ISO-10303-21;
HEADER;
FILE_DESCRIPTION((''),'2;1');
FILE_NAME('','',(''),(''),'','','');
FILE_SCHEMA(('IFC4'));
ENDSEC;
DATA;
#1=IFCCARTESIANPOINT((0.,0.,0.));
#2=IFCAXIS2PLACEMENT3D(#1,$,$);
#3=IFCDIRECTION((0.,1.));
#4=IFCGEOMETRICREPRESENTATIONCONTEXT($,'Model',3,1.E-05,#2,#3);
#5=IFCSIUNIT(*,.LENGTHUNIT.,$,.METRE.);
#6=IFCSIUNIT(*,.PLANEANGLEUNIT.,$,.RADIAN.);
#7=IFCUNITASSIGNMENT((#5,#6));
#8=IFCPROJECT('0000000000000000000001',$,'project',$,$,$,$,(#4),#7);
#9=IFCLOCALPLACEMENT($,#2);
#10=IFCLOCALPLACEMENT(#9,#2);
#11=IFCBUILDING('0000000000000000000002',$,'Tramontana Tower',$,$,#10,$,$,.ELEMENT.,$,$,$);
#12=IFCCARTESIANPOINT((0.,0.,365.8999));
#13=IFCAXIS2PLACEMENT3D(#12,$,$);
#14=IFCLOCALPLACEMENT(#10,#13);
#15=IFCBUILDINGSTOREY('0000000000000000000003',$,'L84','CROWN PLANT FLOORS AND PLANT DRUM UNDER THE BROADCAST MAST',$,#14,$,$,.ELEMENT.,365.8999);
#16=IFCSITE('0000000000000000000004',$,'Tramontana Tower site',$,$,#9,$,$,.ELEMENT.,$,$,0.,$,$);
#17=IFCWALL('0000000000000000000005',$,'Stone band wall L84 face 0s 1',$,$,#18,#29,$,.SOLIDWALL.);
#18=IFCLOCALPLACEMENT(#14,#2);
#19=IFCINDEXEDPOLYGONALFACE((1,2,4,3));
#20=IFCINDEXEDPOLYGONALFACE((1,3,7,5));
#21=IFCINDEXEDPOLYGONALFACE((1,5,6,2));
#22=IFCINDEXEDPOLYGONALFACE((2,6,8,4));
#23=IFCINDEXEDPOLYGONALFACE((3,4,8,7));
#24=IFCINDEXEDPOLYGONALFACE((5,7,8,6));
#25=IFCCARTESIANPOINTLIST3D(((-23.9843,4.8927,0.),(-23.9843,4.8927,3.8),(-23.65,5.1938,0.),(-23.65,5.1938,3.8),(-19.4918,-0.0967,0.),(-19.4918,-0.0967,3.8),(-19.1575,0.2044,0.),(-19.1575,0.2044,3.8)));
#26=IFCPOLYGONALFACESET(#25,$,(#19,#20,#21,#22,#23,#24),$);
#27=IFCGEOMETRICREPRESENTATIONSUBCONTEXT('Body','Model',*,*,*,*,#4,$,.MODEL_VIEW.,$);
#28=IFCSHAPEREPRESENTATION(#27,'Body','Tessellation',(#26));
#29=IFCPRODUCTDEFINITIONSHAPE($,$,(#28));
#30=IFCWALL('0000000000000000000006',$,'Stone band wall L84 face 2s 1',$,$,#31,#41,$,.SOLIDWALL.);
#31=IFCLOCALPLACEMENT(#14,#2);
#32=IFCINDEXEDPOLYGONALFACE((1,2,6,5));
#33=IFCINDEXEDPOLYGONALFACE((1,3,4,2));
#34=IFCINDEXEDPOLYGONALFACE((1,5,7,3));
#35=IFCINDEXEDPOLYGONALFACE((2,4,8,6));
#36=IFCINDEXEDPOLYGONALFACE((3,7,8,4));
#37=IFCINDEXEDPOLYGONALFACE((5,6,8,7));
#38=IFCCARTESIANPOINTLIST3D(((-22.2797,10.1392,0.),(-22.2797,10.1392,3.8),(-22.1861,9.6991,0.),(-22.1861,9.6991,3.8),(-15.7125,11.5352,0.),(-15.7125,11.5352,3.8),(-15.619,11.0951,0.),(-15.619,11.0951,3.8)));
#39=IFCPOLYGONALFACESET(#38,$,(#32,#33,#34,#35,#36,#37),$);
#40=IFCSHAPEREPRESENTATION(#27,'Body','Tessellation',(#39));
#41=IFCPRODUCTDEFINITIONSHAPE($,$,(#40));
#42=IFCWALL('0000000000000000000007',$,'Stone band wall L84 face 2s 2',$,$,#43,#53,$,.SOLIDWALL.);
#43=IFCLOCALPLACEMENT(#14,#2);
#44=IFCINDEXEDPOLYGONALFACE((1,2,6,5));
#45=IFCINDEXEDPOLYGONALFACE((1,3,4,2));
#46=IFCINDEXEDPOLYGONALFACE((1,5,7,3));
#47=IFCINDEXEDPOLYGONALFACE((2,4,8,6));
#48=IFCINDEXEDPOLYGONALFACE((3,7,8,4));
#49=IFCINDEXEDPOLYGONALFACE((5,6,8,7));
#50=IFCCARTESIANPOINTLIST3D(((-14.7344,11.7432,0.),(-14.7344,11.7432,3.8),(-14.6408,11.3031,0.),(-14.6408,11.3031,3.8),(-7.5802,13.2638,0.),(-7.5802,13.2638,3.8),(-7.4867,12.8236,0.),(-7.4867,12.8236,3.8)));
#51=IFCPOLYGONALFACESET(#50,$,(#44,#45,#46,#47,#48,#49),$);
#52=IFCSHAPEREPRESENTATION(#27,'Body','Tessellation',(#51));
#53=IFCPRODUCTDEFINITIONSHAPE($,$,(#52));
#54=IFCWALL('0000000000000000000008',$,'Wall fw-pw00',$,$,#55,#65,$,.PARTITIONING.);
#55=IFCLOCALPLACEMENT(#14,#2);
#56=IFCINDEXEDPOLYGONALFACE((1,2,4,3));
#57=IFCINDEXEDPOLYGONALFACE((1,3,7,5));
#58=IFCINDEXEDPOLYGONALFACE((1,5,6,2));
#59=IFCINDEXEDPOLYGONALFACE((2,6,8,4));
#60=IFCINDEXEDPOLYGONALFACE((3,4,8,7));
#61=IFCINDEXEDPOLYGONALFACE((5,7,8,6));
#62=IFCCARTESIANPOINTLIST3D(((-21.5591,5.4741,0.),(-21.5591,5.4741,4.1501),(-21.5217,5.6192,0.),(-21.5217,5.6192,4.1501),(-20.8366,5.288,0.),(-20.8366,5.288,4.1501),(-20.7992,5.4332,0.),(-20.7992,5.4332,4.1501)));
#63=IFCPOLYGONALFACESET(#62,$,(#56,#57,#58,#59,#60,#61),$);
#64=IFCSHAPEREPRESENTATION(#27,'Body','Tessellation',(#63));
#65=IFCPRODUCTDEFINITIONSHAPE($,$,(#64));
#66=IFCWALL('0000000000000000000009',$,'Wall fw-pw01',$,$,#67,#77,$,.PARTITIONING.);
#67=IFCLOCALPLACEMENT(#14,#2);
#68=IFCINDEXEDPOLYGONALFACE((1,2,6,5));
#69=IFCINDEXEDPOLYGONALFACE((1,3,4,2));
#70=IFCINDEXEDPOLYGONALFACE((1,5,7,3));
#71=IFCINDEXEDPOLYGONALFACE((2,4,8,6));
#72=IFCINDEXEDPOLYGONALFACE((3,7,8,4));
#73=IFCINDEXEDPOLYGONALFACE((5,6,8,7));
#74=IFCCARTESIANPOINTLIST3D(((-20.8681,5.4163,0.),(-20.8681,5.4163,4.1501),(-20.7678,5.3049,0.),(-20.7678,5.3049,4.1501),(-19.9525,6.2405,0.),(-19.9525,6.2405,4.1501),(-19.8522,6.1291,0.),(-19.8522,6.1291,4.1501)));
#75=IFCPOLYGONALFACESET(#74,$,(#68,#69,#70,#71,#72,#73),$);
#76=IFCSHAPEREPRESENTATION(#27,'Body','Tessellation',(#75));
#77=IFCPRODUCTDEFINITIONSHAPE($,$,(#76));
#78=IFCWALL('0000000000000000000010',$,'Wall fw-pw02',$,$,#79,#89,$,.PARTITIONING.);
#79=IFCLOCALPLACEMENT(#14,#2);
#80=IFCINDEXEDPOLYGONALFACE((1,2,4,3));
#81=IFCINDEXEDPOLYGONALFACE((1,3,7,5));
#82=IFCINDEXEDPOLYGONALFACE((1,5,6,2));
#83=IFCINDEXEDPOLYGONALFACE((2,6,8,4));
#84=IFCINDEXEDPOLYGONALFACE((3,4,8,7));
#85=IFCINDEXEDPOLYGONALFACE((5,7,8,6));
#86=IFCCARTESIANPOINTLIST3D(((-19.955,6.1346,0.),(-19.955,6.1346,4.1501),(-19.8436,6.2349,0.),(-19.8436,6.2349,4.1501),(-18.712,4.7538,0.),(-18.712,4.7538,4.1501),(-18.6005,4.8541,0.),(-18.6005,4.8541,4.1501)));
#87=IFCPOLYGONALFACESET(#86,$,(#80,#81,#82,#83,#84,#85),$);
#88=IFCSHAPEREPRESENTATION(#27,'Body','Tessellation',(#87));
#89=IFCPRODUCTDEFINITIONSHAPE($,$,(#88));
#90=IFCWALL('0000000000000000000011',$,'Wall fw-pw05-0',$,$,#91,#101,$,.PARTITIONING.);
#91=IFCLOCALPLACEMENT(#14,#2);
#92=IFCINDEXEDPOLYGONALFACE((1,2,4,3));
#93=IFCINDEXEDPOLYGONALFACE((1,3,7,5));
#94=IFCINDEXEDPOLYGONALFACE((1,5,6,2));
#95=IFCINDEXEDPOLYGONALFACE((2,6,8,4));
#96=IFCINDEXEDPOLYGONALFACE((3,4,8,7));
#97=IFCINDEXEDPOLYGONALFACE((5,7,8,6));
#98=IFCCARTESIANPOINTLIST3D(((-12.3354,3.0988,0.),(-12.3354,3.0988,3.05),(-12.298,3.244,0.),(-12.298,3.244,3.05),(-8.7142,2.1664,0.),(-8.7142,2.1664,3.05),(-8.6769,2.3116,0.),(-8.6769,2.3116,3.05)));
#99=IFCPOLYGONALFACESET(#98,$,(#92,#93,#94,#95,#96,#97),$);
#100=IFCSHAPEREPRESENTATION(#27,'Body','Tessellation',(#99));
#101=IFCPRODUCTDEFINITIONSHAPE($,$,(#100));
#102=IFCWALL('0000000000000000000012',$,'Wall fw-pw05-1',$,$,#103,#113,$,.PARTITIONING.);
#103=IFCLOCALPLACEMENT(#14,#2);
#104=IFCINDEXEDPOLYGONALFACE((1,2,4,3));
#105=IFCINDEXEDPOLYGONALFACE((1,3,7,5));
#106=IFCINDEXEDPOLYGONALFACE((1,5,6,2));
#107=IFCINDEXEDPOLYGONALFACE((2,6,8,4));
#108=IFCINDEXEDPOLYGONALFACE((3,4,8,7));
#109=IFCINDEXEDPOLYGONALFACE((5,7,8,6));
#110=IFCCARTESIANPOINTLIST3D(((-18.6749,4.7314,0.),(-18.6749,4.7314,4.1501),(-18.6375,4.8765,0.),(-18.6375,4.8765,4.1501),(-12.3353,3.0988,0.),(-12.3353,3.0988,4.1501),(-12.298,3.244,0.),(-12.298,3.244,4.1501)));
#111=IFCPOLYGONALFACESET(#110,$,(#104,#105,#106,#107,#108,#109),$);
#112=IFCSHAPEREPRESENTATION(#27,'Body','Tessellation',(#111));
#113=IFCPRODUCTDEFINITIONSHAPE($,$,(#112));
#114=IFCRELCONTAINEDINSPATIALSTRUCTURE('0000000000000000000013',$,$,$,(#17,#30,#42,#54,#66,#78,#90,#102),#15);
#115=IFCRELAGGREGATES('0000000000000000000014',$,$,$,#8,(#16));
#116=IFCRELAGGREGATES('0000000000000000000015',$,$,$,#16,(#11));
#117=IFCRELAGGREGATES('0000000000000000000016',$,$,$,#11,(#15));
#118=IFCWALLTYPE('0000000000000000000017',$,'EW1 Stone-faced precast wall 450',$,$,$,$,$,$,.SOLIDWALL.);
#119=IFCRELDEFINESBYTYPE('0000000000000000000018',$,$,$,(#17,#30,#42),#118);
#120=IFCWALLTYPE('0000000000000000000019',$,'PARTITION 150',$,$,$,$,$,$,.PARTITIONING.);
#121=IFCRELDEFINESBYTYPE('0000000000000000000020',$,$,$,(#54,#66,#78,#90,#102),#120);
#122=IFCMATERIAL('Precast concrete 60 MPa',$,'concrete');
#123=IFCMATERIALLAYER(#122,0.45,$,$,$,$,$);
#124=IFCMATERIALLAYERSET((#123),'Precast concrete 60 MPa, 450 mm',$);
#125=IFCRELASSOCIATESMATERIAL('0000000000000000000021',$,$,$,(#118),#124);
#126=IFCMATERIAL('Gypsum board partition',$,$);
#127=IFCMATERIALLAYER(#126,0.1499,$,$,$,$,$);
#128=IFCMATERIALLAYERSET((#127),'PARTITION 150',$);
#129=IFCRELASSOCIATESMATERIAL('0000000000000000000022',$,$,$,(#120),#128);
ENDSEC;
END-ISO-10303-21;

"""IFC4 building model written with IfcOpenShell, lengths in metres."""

from ifc_helpers import new_model, si_unit, direction, frame, frame_2d, origin, place, context, subcontext, project, spatial, rectangle, extrude, material, layer, layer_set, type_object, element, save


model = new_model("IFC4")

# Units and contexts
model_context = context("Model", 3, precision=1e-05, world=origin(), true_north=direction((0.0, 1.0)))
body_context = subcontext(model_context, "Body", "Model", "MODEL_VIEW")
ifc_project = project(units=[si_unit("LENGTHUNIT", "METRE"), si_unit("PLANEANGLEUNIT", "RADIAN")], contexts=[model_context])

# Site, building, storey
site_placement = place(None, origin())
site = spatial("IfcSite", under=ifc_project, at=site_placement, Name="Tramontana Tower site", CompositionType="ELEMENT", RefElevation=0.0)
building_placement = place(site_placement, origin())
building = spatial("IfcBuilding", under=site, at=building_placement, Name="Tramontana Tower", CompositionType="ELEMENT")
storey_placement = place(building_placement, frame((0.0, 0.0, 365.8999)))
storey = spatial("IfcBuildingStorey", under=building, at=storey_placement, Name="L84", Description="CROWN PLANT FLOORS AND PLANT DRUM UNDER THE BROADCAST MAST", CompositionType="ELEMENT", Elevation=365.8999)

# Walls
ifc_material_1 = material(Name="Precast concrete 60 MPa", Category="concrete")
ifc_layer_1 = layer(ifc_material_1, 0.45)
ifc_layer_set_1 = layer_set([ifc_layer_1], Name="Precast concrete 60 MPa, 450 mm")
wall_type_1 = type_object("IfcWallType", Name="EW1 Stone-faced precast wall 450", PredefinedType="SOLIDWALL", material=ifc_layer_set_1)
for number, where, z_axis, x_axis, name in (
    (1, (-23.8171, 5.0432, 0.0), (0.0, 0.0, 1.0), (0.669137, -0.743139, 0.0), "Stone band wall L84 face 0s 1"),
    (2, (-15.6658, 11.3152, 0.0), (0.0, 0.0, 1.0), (-0.978144, -0.207927, 0.0), "Stone band wall L84 face 2s 1"),
):
    element("IfcWall", number, at=place(storey_placement, frame(where, z_axis=z_axis, x_axis=x_axis)), inside=storey, type_object=wall_type_1, Name=name, PredefinedType="SOLIDWALL", context=body_context, shape_type="SweptSolid", body=[
        extrude(rectangle(XDim=6.7139, YDim=0.45, at=frame_2d((3.3569, 0.0))), origin(), (0.0, 0.0, 1.0), 3.8),
    ])
wall_1_placement = place(storey_placement, frame((-7.5334, 13.0437, 0.0), z_axis=(0.0, 0.0, 1.0), x_axis=(-0.978151, -0.207894, 0.0)))
element("IfcWall", 3, at=wall_1_placement, inside=storey, type_object=wall_type_1, Name="Stone band wall L84 face 2s 2", PredefinedType="SOLIDWALL", context=body_context, shape_type="SweptSolid", body=[
    extrude(rectangle(XDim=7.314, YDim=0.45, at=frame_2d((3.657, 0.0))), origin(), (0.0, 0.0, 1.0), 3.8),
])
ifc_material_2 = material(Name="Gypsum board partition")
ifc_layer_2 = layer(ifc_material_2, 0.1499)
ifc_layer_set_2 = layer_set([ifc_layer_2], Name="PARTITION 150")
wall_type_2 = type_object("IfcWallType", Name="PARTITION 150", PredefinedType="PARTITIONING", material=ifc_layer_set_2)
wall_2_placement = place(storey_placement, frame((-20.8179, 5.3606, 0.0), z_axis=(0.0, 0.0, 1.0), x_axis=(-0.968405, 0.249383, 0.0)))
element("IfcWall", 4, at=wall_2_placement, inside=storey, type_object=wall_type_2, Name="Wall fw-pw00", PredefinedType="PARTITIONING", context=body_context, shape_type="SweptSolid", body=[
    extrude(rectangle(XDim=0.7461, YDim=0.1499, at=frame_2d((0.373, 0.0))), origin(), (0.0, 0.0, 1.0), 4.1501),
])
wall_3_placement = place(storey_placement, frame((-19.9023, 6.1848, 0.0), z_axis=(0.0, 0.0, 1.0), x_axis=(-0.743196, -0.669074, 0.0)))
element("IfcWall", 5, at=wall_3_placement, inside=storey, type_object=wall_type_2, Name="Wall fw-pw01", PredefinedType="PARTITIONING", context=body_context, shape_type="SweptSolid", body=[
    extrude(rectangle(XDim=1.2319, YDim=0.1499, at=frame_2d((0.616, 0.0))), origin(), (0.0, 0.0, 1.0), 4.1501),
])
wall_4_placement = place(storey_placement, frame((-18.6562, 4.804, 0.0), z_axis=(0.0, 0.0, 1.0), x_axis=(-0.669081, 0.74319, 0.0)))
element("IfcWall", 6, at=wall_4_placement, inside=storey, type_object=wall_type_2, Name="Wall fw-pw02", PredefinedType="PARTITIONING", context=body_context, shape_type="SweptSolid", body=[
    extrude(rectangle(XDim=1.8579, YDim=0.1499, at=frame_2d((0.929, 0.0))), origin(), (0.0, 0.0, 1.0), 4.1501),
])
wall_5_placement = place(storey_placement, frame((-8.6956, 2.239, 0.0), z_axis=(0.0, 0.0, 1.0), x_axis=(-0.968413, 0.249351, 0.0)))
element("IfcWall", 7, at=wall_5_placement, inside=storey, type_object=wall_type_2, Name="Wall fw-pw05-0", PredefinedType="PARTITIONING", context=body_context, shape_type="SweptSolid", body=[
    extrude(rectangle(XDim=3.7393, YDim=0.1499, at=frame_2d((1.8696, 0.0))), origin(), (0.0, 0.0, 1.0), 3.05),
])
wall_6_placement = place(storey_placement, frame((-12.3167, 3.1714, 0.0), z_axis=(0.0, 0.0, 1.0), x_axis=(-0.968405, 0.249383, 0.0)))
element("IfcWall", 8, at=wall_6_placement, inside=storey, type_object=wall_type_2, Name="Wall fw-pw05-1", PredefinedType="PARTITIONING", context=body_context, shape_type="SweptSolid", body=[
    extrude(rectangle(XDim=6.5464, YDim=0.1499, at=frame_2d((3.2732, 0.0))), origin(), (0.0, 0.0, 1.0), 4.1501),
])

save(model, "model.ifc")
